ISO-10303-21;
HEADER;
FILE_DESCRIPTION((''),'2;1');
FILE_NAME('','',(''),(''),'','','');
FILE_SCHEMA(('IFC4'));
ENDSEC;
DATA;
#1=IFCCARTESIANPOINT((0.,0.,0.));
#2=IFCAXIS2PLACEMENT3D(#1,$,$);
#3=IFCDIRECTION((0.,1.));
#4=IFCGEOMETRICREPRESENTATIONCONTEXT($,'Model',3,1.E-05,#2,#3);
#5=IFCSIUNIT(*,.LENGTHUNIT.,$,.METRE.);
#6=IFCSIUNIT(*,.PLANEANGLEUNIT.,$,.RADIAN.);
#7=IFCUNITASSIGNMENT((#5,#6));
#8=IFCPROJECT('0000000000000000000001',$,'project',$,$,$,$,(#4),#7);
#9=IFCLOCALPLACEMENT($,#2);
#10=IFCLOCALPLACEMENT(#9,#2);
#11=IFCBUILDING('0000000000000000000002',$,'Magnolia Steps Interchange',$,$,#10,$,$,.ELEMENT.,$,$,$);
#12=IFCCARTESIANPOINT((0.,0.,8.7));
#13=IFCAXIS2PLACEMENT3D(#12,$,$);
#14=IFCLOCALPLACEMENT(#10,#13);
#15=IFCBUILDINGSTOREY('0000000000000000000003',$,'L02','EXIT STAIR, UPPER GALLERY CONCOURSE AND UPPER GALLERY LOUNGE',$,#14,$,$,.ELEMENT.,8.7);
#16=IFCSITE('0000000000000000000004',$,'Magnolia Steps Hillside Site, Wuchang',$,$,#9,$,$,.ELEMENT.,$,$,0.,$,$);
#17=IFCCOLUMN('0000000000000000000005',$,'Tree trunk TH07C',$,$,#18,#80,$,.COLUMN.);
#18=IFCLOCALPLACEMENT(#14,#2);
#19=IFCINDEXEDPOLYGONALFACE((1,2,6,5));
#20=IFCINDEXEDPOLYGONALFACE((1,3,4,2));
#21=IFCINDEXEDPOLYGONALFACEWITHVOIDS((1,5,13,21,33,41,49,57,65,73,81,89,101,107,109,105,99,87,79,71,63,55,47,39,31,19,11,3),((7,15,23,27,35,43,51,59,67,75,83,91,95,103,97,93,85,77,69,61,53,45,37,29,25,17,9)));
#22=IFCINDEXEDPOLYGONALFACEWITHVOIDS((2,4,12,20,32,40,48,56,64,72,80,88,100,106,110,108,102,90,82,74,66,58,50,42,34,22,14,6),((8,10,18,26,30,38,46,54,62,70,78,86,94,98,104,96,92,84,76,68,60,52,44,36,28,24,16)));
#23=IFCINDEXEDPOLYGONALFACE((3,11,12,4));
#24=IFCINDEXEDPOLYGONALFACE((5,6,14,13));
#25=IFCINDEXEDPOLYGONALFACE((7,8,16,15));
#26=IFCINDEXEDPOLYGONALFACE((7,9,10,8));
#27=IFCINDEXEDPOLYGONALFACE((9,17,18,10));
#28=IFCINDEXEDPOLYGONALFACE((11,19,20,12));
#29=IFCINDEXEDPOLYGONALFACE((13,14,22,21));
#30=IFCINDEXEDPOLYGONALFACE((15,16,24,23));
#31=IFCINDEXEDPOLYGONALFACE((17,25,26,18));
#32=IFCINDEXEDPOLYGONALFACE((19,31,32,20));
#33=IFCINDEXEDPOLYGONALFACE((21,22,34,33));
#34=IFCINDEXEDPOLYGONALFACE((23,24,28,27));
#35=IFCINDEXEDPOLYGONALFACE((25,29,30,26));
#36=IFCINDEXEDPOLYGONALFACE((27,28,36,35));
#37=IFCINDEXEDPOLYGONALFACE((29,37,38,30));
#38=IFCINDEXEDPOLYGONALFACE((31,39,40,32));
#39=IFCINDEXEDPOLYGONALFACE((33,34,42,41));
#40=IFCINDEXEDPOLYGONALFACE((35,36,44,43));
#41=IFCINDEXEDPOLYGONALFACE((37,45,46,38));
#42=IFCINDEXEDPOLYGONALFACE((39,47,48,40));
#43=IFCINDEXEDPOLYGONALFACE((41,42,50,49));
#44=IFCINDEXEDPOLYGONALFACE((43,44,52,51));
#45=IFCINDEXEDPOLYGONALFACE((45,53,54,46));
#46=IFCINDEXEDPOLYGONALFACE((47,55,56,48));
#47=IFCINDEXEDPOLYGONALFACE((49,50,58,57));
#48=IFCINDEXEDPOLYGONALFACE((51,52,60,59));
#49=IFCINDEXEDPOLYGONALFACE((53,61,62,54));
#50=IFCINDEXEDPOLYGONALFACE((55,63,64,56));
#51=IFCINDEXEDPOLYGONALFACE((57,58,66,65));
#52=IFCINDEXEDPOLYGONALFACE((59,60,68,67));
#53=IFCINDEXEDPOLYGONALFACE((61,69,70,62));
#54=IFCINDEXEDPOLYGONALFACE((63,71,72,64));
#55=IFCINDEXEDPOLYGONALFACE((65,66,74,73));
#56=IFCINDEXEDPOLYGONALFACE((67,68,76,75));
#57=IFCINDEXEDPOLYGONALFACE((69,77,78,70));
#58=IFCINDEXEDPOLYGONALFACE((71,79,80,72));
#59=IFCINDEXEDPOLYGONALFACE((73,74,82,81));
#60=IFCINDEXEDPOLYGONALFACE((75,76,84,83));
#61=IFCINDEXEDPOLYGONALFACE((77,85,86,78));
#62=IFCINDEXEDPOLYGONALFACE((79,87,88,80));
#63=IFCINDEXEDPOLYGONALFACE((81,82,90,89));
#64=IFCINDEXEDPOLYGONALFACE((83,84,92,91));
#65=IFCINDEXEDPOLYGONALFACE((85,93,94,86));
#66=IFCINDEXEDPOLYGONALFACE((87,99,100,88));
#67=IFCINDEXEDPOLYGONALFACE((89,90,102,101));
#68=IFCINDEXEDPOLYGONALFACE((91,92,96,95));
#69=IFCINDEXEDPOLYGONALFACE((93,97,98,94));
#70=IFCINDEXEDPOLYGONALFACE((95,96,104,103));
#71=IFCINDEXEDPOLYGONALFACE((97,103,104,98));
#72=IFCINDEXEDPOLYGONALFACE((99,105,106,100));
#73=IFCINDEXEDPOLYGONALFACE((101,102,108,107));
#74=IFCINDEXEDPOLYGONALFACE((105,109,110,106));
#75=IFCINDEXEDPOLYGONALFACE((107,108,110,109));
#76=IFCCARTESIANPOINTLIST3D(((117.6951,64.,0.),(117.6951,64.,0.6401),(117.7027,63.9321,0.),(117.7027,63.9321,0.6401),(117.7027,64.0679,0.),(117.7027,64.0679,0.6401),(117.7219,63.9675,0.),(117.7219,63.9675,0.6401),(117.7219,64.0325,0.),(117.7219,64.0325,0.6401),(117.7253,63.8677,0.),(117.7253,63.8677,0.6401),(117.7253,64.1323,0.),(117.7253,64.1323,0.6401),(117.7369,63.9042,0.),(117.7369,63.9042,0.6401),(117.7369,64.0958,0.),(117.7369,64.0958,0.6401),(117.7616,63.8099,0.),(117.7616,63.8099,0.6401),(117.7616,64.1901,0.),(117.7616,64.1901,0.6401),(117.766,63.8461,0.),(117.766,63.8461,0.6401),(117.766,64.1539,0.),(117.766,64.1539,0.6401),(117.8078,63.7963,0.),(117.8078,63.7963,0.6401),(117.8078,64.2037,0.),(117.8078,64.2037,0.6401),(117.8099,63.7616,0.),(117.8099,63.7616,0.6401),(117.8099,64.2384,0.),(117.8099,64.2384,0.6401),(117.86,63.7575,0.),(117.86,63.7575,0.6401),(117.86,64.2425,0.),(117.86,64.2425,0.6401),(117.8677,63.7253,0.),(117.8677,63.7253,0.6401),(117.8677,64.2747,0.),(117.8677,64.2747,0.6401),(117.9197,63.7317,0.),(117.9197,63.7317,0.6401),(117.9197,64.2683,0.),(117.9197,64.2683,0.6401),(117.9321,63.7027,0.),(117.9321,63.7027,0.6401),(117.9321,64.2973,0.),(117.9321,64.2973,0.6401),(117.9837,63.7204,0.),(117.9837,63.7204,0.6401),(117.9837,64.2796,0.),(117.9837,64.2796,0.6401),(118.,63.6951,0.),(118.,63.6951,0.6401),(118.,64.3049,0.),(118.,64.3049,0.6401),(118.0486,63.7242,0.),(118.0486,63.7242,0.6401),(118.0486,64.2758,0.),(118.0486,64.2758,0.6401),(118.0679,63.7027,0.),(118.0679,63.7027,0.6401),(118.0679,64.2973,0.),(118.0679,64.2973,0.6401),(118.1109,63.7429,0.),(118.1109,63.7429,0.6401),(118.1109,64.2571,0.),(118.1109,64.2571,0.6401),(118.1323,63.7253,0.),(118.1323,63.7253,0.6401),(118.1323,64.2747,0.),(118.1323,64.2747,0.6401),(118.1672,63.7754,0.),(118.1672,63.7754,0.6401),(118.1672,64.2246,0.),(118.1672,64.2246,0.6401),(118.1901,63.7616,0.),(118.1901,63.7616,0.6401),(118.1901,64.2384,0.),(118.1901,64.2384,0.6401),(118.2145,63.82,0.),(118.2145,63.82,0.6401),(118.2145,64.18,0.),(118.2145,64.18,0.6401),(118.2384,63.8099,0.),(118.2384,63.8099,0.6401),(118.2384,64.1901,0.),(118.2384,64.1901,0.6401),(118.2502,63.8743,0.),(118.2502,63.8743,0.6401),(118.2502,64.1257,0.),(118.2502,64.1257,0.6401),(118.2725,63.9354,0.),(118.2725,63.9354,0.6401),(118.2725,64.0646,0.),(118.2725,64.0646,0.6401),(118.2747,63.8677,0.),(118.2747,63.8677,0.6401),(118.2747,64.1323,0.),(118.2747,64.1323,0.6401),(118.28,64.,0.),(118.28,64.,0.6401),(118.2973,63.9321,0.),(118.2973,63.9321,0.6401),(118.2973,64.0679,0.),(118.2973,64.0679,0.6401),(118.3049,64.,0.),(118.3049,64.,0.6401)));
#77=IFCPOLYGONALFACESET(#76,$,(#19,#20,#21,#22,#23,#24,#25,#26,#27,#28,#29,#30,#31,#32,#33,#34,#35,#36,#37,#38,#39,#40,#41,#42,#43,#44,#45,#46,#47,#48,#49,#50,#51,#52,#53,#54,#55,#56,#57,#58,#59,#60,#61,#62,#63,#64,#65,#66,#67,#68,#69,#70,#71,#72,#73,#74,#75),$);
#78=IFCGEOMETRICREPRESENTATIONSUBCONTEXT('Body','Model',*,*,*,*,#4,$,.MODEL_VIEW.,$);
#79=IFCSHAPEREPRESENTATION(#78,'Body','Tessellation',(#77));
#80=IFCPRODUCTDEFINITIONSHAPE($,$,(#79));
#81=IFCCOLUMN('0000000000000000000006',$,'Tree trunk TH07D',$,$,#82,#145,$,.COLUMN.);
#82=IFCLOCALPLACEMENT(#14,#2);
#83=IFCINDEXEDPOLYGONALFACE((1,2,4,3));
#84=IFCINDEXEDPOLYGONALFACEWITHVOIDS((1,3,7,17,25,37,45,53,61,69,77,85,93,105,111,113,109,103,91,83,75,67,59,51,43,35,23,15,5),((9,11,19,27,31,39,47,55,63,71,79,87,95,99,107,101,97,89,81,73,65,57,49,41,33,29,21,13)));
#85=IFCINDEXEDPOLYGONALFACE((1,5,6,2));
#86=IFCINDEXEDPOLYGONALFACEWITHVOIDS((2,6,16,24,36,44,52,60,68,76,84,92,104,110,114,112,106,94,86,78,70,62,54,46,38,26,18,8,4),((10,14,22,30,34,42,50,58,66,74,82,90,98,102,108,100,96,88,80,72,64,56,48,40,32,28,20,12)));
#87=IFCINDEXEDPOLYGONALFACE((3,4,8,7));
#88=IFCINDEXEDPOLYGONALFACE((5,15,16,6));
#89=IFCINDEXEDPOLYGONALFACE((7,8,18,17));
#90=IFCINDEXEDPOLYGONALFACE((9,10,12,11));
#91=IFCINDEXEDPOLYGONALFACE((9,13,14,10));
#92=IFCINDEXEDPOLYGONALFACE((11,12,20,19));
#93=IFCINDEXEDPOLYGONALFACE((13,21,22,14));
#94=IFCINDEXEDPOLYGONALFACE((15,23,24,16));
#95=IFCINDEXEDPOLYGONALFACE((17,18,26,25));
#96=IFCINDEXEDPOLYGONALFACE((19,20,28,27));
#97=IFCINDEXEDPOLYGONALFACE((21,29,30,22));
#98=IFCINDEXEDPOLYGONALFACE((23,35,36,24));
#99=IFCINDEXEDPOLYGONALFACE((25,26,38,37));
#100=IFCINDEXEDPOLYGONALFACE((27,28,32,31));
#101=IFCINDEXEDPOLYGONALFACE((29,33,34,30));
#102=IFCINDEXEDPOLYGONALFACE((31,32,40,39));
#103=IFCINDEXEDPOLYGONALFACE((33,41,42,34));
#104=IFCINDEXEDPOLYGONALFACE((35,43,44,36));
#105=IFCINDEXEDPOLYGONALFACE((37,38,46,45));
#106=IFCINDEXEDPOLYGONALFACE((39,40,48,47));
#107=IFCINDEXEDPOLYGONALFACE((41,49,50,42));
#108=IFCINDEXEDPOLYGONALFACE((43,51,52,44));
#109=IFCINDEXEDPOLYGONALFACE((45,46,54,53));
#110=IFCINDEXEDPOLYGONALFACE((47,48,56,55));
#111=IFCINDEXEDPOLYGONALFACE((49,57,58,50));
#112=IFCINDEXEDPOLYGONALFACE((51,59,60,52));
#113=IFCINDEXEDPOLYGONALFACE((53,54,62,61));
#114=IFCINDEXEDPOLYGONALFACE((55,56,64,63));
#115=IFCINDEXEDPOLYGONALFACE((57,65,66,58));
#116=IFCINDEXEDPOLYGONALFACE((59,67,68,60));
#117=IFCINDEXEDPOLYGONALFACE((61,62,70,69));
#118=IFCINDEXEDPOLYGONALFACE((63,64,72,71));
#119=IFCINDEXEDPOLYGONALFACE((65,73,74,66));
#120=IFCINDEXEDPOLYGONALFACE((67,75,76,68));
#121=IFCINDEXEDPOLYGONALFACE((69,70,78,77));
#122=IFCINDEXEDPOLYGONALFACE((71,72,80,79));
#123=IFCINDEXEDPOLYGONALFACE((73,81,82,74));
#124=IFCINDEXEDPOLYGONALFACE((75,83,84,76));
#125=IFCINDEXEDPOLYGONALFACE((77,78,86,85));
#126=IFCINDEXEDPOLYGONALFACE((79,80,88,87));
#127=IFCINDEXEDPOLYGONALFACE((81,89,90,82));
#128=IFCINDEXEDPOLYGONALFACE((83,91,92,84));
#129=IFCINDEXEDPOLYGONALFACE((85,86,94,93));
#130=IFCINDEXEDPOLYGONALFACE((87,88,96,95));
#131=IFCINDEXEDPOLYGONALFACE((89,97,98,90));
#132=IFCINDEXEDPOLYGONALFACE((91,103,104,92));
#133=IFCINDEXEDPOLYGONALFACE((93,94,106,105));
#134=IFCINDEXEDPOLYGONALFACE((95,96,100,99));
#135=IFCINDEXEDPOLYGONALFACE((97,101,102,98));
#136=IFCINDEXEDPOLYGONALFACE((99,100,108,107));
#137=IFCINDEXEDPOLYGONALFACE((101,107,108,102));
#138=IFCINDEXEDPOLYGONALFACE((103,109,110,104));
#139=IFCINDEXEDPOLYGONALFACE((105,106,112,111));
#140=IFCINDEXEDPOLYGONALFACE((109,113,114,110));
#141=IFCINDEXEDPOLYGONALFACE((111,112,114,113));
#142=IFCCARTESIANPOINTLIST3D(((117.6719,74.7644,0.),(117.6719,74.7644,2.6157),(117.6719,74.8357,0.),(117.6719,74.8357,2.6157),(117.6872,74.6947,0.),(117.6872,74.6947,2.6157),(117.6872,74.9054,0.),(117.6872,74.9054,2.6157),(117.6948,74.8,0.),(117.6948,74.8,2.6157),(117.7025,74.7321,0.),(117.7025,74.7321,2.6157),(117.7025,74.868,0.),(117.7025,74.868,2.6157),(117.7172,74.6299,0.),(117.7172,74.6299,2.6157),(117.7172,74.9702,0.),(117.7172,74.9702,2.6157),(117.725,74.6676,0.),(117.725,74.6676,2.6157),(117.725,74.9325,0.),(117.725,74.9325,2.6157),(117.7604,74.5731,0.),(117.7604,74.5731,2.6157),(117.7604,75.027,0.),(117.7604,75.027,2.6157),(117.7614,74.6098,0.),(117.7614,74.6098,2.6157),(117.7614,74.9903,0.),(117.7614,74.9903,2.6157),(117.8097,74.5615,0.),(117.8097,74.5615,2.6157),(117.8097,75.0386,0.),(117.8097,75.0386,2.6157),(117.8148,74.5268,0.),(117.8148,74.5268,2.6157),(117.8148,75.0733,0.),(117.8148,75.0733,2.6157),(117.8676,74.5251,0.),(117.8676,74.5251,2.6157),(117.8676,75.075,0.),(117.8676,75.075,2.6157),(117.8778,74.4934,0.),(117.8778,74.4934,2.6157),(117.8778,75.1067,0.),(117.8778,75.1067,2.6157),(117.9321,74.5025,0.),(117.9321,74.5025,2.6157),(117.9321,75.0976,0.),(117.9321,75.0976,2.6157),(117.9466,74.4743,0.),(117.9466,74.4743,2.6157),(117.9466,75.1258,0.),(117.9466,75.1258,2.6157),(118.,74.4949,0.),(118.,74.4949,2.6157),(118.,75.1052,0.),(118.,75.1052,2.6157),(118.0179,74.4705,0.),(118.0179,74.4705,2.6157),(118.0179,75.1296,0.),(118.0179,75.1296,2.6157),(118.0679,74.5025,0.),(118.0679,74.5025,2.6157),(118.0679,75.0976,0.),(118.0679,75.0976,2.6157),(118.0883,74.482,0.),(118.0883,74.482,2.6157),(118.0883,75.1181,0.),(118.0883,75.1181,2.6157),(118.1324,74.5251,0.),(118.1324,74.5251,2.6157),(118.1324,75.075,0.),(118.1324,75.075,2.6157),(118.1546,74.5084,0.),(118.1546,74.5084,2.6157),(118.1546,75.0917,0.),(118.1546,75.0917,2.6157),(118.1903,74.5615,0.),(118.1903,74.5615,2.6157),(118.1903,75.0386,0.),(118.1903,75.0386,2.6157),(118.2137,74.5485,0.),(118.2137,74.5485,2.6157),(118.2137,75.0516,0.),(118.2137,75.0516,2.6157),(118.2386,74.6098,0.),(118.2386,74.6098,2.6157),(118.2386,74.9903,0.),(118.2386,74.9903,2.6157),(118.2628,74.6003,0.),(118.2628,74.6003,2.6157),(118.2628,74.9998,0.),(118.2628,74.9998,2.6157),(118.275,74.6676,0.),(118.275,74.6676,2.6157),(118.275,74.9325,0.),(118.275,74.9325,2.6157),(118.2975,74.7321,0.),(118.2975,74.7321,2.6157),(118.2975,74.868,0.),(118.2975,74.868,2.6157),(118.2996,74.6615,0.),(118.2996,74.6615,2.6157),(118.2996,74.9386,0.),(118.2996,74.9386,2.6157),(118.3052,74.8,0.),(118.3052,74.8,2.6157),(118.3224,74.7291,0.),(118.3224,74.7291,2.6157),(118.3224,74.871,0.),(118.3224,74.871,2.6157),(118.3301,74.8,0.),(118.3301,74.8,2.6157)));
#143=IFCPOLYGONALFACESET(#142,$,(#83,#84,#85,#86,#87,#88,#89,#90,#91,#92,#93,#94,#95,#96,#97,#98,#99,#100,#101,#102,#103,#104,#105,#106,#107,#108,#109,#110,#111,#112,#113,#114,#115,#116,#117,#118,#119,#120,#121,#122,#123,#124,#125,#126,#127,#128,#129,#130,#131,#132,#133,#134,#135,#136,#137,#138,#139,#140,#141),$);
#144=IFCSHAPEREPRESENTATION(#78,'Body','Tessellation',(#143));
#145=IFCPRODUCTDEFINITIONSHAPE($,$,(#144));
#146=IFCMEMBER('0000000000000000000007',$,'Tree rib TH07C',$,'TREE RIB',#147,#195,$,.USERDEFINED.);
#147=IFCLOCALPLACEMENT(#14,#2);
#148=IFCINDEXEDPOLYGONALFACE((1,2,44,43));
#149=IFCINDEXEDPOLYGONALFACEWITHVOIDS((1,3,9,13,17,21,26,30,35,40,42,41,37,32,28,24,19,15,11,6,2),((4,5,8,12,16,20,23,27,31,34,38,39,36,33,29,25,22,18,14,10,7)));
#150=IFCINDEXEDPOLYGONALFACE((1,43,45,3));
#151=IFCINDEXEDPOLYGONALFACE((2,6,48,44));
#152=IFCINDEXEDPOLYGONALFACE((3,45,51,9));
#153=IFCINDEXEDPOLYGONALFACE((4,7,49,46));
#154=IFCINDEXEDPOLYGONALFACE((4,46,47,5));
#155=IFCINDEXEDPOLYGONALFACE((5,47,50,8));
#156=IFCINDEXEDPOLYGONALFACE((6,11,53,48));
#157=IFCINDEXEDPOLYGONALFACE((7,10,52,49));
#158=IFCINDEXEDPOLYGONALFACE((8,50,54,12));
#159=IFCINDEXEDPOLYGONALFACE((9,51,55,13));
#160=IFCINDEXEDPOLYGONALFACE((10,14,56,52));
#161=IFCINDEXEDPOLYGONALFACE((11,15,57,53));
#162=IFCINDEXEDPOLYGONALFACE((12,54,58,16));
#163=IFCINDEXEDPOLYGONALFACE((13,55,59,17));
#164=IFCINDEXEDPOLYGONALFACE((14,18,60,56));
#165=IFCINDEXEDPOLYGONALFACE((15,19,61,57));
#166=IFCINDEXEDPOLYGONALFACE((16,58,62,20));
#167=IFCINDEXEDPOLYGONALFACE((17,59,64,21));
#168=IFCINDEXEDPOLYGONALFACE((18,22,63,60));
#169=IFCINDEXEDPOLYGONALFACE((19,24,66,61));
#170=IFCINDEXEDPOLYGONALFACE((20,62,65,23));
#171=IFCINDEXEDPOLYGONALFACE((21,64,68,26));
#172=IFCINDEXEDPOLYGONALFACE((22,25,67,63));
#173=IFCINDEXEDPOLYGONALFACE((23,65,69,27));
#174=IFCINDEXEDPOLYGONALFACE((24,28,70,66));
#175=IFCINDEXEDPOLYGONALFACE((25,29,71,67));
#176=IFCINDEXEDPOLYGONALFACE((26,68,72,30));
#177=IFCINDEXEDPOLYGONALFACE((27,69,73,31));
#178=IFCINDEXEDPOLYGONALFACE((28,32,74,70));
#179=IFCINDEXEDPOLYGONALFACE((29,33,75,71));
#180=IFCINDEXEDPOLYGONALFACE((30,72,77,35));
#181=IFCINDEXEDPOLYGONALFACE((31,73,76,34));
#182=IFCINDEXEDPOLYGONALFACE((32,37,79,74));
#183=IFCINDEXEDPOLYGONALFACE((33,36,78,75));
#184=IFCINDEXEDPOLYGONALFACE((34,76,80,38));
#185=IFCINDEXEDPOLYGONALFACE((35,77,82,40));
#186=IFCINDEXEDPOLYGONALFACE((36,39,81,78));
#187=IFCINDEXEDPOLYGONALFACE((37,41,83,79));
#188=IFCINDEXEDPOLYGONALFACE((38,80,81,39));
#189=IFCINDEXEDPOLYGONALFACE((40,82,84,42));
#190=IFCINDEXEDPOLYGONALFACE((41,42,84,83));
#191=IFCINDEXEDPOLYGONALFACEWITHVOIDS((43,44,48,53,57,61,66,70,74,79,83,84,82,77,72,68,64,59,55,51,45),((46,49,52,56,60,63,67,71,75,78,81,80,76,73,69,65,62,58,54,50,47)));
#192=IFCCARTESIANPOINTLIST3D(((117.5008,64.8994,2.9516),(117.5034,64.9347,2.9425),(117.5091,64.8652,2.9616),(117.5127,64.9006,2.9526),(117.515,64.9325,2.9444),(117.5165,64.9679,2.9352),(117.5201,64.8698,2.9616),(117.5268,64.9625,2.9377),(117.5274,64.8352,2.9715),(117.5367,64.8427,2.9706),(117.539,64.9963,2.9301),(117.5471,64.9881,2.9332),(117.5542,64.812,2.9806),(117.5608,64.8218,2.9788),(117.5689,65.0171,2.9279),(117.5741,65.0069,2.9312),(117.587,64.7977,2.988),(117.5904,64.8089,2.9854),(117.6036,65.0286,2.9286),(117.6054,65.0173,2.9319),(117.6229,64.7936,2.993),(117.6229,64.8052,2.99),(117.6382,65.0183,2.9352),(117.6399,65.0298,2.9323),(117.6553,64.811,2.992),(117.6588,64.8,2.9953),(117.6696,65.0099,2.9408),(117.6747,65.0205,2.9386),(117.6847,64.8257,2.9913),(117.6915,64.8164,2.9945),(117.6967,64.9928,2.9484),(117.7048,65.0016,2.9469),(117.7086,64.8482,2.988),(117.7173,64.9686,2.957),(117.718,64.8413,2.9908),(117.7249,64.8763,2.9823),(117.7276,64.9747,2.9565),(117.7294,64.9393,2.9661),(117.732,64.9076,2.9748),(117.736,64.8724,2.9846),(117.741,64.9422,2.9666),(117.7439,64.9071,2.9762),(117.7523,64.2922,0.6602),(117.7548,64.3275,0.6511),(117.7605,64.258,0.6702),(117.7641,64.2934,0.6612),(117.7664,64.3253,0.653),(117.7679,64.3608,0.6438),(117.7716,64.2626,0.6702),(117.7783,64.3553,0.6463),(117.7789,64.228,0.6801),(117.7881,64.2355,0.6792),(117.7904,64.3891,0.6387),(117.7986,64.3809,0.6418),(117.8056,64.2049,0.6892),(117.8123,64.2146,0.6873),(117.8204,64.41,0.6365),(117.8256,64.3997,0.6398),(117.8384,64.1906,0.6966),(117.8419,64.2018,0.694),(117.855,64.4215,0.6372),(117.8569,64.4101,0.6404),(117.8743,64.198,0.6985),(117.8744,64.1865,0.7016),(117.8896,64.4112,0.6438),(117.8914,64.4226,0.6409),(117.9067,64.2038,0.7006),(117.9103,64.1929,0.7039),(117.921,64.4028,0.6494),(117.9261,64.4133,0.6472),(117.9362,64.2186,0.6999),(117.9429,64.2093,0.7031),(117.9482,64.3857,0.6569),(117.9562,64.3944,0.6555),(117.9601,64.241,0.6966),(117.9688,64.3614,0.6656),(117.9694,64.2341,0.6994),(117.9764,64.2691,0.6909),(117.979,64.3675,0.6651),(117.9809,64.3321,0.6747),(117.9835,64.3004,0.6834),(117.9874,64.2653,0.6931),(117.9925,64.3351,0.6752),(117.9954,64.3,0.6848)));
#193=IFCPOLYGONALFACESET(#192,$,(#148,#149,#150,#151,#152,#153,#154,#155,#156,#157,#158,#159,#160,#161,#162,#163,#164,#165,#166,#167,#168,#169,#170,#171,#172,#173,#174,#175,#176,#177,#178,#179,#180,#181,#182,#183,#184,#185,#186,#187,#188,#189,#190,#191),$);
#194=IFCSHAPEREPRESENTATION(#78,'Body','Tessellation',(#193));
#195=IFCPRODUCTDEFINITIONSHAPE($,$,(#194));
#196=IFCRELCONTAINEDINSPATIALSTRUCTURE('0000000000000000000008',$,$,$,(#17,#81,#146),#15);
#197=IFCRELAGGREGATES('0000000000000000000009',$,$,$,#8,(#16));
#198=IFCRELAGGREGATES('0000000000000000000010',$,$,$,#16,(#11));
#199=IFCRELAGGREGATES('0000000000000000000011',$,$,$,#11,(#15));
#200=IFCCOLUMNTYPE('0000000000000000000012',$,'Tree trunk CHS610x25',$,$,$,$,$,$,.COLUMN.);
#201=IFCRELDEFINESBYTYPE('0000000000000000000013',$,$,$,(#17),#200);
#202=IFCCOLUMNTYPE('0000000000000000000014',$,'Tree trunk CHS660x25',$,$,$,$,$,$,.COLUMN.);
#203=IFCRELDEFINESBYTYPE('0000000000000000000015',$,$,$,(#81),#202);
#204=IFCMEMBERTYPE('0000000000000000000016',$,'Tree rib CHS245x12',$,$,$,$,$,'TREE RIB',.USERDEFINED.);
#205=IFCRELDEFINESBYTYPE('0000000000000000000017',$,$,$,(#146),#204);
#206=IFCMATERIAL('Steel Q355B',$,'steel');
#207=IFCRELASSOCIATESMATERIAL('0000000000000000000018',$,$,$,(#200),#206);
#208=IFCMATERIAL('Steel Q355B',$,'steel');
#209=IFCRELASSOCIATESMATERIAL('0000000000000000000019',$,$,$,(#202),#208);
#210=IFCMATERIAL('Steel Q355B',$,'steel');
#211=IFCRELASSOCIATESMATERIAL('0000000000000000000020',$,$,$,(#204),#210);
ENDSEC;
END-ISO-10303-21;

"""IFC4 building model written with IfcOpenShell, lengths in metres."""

from ifc_helpers import new_model, si_unit, direction, frame, origin, origin_2d, place, context, subcontext, project, spatial, hollow_circle, extrude, material, material_profile, profile_set, type_object, element, save


model = new_model("IFC4")

# Units and contexts
model_context = context("Model", 3, precision=1e-05, world=origin(), true_north=direction((0.0, 1.0)))
body_context = subcontext(model_context, "Body", "Model", "MODEL_VIEW")
ifc_project = project(units=[si_unit("LENGTHUNIT", "METRE"), si_unit("PLANEANGLEUNIT", "RADIAN")], contexts=[model_context])

# Site, building, storey
site_placement = place(None, origin())
site = spatial("IfcSite", under=ifc_project, at=site_placement, Name="Magnolia Steps Hillside Site, Wuchang", CompositionType="ELEMENT", RefElevation=0.0)
building_placement = place(site_placement, origin())
building = spatial("IfcBuilding", under=site, at=building_placement, Name="Magnolia Steps Interchange", CompositionType="ELEMENT")
storey_placement = place(building_placement, frame((0.0, 0.0, 8.7)))
storey = spatial("IfcBuildingStorey", under=building, at=storey_placement, Name="L02", Description="EXIT STAIR, UPPER GALLERY CONCOURSE AND UPPER GALLERY LOUNGE", CompositionType="ELEMENT", Elevation=8.7)

# Columns
ifc_material_1 = material(Name="Steel Q355B", Category="steel")
ifc_material_profile_1 = material_profile(ifc_material_1, hollow_circle(Radius=0.3049, WallThickness=0.0249, at=origin_2d()), Name="CHS610x25")
ifc_profile_set_1 = profile_set([ifc_material_profile_1], Name="Steel Q355B")
column_type_1 = type_object("IfcColumnType", Name="Tree trunk CHS610x25", PredefinedType="COLUMN", material=ifc_profile_set_1)
column_1_placement = place(storey_placement, frame((118.0, 64.0, 0.0), z_axis=(0.0, 0.0, 1.0), x_axis=(1.0, 0.0, 0.0)))
element("IfcColumn", 1, at=column_1_placement, inside=storey, type_object=column_type_1, Name="Tree trunk TH07C", PredefinedType="COLUMN", context=body_context, shape_type="SweptSolid", body=[
    extrude(hollow_circle(Radius=0.3049, WallThickness=0.0249, at=origin_2d()), origin(), (0.0, 0.0, 1.0), 0.6401),
])
ifc_material_2 = material(Name="Steel Q355B", Category="steel")
ifc_material_profile_2 = material_profile(ifc_material_2, hollow_circle(Radius=0.3301, WallThickness=0.0249, at=origin_2d()), Name="CHS660x25")
ifc_profile_set_2 = profile_set([ifc_material_profile_2], Name="Steel Q355B")
column_type_2 = type_object("IfcColumnType", Name="Tree trunk CHS660x25", PredefinedType="COLUMN", material=ifc_profile_set_2)
column_2_placement = place(storey_placement, frame((118.0, 74.8, 0.0), z_axis=(0.0, 0.0, 1.0), x_axis=(1.0, 0.0, 0.0)))
element("IfcColumn", 2, at=column_2_placement, inside=storey, type_object=column_type_2, Name="Tree trunk TH07D", PredefinedType="COLUMN", context=body_context, shape_type="SweptSolid", body=[
    extrude(hollow_circle(Radius=0.3301, WallThickness=0.0249, at=origin_2d()), origin(), (0.0, 0.0, 1.0), 2.6157),
])

# Member
ifc_material_3 = material(Name="Steel Q355B", Category="steel")
ifc_material_profile_3 = material_profile(ifc_material_3, hollow_circle(Radius=0.1226, WallThickness=0.012, at=origin_2d()), Name="CHS245x12")
ifc_profile_set_3 = profile_set([ifc_material_profile_3], Name="Steel Q355B")
member_type_1 = type_object("IfcMemberType", Name="Tree rib CHS245x12", ElementType="TREE RIB", PredefinedType="USERDEFINED", material=ifc_profile_set_3)
member_1_placement = place(storey_placement, frame((117.8738, 64.3049, 0.6702), z_axis=(-0.105485, 0.254701, 0.961249), x_axis=(-0.923899, -0.382636, 0.0)))
element("IfcMember", 3, at=member_1_placement, inside=storey, type_object=member_type_1, Name="Tree rib TH07C", ObjectType="TREE RIB", PredefinedType="USERDEFINED", context=body_context, shape_type="SweptSolid", body=[
    extrude(hollow_circle(Radius=0.1226, WallThickness=0.012, at=origin_2d()), origin(), (0.0, 0.0, 1.0), 2.3838),
])

save(model, "model.ifc")
